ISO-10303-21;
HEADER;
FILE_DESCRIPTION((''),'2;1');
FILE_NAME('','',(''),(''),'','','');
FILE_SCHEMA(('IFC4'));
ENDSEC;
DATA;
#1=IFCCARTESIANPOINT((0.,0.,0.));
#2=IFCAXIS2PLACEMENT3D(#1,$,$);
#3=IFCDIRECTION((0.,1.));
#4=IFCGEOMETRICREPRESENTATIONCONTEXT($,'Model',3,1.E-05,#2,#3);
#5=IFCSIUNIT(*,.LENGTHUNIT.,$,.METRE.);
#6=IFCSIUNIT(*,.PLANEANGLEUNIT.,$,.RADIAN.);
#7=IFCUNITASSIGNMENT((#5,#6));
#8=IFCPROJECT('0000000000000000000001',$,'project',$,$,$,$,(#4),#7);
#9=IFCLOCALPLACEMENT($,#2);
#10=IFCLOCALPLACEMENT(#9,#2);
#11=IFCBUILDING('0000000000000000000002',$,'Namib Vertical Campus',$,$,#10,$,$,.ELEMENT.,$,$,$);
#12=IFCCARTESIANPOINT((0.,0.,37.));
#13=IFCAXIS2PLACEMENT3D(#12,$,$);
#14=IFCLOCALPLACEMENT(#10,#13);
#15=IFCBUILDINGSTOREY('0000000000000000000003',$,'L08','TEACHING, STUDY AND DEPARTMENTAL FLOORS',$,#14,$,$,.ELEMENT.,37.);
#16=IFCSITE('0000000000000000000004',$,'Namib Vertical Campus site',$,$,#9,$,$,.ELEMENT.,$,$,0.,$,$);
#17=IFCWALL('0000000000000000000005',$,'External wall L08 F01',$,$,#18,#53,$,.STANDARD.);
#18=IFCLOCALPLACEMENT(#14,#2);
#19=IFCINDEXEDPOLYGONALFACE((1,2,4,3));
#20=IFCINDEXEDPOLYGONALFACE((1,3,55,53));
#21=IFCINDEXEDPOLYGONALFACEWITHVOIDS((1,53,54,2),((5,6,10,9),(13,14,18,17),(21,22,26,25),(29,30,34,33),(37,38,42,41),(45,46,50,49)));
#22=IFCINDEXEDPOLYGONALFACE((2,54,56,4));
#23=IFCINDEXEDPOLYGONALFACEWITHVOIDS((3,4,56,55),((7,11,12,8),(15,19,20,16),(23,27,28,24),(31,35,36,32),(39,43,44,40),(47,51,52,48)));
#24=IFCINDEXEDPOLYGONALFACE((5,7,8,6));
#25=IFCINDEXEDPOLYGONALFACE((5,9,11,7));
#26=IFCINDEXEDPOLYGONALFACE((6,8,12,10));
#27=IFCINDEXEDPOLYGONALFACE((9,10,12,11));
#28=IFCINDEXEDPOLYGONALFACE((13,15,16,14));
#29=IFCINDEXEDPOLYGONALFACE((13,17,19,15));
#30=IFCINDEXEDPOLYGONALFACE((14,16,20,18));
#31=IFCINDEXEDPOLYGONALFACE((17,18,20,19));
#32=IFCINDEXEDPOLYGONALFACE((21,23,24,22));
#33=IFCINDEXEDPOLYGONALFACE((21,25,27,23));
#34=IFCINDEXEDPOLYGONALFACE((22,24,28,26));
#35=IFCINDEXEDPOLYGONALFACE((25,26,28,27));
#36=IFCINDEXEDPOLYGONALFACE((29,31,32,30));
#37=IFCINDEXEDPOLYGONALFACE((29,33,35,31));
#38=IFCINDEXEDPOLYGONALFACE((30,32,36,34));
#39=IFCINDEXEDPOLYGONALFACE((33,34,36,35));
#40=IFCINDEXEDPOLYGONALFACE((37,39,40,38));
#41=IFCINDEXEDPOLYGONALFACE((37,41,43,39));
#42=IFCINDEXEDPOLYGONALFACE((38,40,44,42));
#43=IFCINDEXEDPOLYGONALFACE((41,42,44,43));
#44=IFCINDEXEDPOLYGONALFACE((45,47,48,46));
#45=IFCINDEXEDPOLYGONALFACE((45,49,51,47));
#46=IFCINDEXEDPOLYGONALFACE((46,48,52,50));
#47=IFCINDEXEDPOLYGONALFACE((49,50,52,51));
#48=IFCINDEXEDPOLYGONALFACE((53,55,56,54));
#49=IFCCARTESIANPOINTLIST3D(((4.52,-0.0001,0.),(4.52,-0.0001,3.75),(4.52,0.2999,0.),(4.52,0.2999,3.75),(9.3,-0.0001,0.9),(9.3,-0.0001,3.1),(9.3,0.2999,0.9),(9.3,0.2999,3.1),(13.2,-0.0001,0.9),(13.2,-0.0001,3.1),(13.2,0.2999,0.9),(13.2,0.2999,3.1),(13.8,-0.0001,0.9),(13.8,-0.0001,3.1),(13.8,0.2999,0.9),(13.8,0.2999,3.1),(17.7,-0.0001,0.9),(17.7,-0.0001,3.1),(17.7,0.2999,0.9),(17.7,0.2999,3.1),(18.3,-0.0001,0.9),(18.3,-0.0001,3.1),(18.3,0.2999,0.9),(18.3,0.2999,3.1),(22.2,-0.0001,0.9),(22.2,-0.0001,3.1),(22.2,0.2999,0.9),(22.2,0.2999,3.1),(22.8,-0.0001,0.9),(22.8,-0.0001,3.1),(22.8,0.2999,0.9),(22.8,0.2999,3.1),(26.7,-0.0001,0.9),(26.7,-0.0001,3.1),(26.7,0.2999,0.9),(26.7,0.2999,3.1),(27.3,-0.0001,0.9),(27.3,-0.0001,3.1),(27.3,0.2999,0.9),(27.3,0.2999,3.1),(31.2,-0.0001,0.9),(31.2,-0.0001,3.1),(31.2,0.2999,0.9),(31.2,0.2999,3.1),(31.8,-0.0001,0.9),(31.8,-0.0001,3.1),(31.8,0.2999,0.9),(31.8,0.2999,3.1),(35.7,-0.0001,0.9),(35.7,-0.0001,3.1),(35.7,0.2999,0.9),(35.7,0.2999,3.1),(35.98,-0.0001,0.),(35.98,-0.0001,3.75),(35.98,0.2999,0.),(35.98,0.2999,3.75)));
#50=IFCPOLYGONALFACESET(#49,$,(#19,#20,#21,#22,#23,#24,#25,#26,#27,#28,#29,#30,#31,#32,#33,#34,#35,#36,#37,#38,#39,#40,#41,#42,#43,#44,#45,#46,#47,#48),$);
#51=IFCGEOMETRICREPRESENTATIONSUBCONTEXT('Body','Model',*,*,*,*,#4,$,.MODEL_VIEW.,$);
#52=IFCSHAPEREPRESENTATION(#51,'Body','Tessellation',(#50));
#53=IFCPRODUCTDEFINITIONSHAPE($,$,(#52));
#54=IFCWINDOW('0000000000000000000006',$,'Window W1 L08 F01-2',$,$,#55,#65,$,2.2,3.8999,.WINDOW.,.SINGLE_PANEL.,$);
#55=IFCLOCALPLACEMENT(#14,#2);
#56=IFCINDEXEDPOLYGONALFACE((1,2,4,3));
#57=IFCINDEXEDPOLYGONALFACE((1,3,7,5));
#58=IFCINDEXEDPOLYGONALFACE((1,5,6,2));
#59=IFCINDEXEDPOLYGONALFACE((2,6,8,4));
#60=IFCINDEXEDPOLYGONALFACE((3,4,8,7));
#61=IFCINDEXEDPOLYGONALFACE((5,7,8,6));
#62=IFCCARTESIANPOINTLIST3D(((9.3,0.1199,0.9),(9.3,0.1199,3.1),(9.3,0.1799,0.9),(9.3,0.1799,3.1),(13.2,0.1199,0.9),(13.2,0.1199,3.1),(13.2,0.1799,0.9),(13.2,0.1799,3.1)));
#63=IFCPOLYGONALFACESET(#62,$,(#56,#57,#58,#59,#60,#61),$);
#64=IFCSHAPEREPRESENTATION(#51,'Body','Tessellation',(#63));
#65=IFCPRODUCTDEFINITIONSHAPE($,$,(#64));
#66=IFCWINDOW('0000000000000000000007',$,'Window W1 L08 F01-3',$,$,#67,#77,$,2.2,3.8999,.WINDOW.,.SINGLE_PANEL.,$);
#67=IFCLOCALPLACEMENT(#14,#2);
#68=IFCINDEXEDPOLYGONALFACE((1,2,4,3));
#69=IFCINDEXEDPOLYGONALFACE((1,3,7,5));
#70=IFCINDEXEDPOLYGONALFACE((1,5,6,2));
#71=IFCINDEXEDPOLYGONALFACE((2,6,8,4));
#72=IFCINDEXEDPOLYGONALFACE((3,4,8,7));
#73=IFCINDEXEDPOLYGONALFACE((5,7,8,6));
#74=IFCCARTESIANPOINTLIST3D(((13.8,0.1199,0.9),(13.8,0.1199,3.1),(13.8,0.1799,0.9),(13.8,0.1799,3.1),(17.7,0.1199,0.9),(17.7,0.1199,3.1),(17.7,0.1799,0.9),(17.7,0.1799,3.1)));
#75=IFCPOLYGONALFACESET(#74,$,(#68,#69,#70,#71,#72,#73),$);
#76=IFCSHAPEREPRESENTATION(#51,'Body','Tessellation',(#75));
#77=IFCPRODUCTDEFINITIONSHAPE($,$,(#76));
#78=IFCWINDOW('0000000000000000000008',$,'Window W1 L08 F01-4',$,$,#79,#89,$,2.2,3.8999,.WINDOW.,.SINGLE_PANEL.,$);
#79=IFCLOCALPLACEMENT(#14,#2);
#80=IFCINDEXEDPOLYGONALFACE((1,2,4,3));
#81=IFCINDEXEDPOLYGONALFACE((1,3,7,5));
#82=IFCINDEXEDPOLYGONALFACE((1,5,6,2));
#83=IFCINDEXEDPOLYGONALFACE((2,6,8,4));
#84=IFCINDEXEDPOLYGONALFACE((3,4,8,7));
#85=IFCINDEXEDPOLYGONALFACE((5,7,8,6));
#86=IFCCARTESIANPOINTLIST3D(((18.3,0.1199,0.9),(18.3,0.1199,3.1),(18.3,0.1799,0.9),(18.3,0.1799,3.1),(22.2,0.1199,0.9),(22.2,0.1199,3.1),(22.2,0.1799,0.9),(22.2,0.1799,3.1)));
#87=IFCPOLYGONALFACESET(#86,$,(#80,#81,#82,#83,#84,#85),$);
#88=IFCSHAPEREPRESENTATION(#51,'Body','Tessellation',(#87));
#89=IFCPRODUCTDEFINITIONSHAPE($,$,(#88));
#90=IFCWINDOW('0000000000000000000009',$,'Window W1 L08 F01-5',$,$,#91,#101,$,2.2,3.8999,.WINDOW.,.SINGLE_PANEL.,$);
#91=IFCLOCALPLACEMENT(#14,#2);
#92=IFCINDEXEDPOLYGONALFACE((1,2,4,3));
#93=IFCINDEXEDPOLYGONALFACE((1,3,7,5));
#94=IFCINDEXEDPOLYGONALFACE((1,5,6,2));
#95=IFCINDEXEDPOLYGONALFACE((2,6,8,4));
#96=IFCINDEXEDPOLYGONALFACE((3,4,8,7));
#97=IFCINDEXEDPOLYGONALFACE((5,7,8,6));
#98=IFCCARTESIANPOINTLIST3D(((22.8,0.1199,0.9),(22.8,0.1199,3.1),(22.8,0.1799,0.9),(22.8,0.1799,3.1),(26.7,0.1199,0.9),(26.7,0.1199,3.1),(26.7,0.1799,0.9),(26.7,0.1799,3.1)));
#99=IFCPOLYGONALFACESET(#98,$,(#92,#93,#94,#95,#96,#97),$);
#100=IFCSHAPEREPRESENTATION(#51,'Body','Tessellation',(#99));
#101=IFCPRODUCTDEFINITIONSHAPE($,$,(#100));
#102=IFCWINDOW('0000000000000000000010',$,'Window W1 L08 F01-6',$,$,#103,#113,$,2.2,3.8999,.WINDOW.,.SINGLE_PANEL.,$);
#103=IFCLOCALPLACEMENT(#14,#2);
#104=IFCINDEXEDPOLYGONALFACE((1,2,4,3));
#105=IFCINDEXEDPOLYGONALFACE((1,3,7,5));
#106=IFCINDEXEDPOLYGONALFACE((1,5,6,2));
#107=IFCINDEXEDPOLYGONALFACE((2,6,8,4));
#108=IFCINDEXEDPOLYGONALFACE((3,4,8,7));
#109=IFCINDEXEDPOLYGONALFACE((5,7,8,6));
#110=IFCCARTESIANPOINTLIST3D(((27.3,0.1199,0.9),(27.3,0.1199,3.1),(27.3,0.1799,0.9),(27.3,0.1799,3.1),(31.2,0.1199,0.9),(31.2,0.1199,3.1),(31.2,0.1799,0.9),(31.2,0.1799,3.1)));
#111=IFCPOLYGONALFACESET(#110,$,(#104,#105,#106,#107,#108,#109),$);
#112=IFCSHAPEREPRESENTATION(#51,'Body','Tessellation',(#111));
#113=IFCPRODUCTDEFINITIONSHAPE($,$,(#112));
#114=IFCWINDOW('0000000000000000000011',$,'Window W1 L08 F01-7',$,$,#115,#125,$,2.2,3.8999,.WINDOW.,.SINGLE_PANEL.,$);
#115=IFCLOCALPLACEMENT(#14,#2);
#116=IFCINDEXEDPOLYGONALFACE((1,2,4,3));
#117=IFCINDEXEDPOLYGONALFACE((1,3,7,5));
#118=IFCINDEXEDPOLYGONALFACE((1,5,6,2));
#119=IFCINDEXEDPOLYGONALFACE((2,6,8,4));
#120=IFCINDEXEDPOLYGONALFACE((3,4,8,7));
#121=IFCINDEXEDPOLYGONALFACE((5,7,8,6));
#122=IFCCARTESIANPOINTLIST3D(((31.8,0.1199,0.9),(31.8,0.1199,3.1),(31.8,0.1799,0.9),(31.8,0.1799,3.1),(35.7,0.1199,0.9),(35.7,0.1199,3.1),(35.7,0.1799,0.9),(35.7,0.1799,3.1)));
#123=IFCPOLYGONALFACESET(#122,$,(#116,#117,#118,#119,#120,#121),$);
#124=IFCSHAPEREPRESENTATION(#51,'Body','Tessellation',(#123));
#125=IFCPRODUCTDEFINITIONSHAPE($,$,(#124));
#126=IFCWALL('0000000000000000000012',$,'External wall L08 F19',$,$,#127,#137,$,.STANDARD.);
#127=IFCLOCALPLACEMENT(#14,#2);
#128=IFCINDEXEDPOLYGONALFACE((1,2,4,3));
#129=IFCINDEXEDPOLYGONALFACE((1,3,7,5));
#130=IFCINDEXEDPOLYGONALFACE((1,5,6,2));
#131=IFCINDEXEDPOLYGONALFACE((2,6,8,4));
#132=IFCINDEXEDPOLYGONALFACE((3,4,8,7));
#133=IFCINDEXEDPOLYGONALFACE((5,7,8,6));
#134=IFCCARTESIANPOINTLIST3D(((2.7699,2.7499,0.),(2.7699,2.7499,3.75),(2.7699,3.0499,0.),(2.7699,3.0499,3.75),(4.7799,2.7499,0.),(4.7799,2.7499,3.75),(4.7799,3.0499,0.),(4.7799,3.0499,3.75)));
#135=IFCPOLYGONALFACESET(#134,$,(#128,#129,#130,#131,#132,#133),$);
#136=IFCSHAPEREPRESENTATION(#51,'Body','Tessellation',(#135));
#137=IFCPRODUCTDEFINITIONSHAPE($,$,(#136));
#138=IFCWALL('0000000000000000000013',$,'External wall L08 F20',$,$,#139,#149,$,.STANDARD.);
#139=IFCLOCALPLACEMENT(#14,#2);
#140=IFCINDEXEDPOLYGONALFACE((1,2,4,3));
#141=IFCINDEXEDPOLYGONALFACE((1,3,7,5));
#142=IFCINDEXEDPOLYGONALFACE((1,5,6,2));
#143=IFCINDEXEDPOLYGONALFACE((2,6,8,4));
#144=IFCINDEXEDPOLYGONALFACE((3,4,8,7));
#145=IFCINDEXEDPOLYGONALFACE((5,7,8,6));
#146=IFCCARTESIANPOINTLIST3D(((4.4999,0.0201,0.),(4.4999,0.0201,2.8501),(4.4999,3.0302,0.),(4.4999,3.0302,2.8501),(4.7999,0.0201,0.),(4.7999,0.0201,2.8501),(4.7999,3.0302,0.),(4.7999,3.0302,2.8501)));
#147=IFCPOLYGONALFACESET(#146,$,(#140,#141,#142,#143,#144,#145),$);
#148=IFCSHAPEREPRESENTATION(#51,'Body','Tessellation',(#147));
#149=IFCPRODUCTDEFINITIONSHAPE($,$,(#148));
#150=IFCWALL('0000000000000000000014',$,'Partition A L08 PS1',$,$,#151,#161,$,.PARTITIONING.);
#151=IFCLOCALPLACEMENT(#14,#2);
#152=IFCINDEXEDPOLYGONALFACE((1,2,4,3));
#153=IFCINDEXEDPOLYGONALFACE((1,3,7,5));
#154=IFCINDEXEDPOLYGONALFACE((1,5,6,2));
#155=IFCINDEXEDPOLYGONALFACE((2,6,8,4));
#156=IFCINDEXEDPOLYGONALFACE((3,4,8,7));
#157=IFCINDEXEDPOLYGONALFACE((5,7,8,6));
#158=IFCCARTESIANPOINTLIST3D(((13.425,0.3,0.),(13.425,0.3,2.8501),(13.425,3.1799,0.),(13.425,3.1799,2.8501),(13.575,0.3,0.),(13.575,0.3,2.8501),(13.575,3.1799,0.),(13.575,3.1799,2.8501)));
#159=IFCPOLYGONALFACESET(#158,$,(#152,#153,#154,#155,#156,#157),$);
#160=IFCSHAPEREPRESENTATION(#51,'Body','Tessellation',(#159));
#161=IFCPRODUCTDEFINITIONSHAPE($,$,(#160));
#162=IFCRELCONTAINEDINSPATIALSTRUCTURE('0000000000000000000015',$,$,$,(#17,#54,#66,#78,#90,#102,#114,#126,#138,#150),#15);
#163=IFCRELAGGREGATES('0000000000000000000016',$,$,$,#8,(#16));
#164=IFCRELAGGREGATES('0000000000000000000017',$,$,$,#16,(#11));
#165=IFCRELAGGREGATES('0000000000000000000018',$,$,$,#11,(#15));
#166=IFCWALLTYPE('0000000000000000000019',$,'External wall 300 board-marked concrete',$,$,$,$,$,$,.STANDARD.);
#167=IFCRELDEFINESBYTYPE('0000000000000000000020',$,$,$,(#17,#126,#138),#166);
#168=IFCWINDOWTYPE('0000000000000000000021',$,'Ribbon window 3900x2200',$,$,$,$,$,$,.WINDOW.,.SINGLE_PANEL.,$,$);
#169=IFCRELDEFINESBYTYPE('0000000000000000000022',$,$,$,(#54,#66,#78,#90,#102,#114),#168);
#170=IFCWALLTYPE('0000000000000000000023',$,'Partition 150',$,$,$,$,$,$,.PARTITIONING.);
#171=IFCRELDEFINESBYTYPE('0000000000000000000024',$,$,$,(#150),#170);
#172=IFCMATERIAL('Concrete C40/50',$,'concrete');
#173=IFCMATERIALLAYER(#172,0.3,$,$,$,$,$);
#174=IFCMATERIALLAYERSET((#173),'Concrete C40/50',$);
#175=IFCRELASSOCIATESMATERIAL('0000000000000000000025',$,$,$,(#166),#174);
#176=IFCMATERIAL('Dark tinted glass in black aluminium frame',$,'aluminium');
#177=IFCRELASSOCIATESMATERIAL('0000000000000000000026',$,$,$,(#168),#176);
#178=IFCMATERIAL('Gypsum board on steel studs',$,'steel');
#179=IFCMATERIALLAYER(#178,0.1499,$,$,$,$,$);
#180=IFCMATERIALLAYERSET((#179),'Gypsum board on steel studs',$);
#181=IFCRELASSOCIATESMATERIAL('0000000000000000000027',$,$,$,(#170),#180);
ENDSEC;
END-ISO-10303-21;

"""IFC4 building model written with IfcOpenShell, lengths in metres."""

from ifc_helpers import new_model, si_unit, direction, frame, frame_2d, origin, place, context, subcontext, project, spatial, rectangle, extrude, material, layer, layer_set, type_object, element, fill, save


model = new_model("IFC4")

# Units and contexts
model_context = context("Model", 3, precision=1e-05, world=origin(), true_north=direction((0.0, 1.0)))
body_context = subcontext(model_context, "Body", "Model", "MODEL_VIEW")
ifc_project = project(units=[si_unit("LENGTHUNIT", "METRE"), si_unit("PLANEANGLEUNIT", "RADIAN")], contexts=[model_context])

# Site, building, storey
site_placement = place(None, origin())
site = spatial("IfcSite", under=ifc_project, at=site_placement, Name="Namib Vertical Campus site", CompositionType="ELEMENT", RefElevation=0.0)
building_placement = place(site_placement, origin())
building = spatial("IfcBuilding", under=site, at=building_placement, Name="Namib Vertical Campus", CompositionType="ELEMENT")
storey_placement = place(building_placement, frame((0.0, 0.0, 37.0)))
storey = spatial("IfcBuildingStorey", under=building, at=storey_placement, Name="L08", Description="TEACHING, STUDY AND DEPARTMENTAL FLOORS", CompositionType="ELEMENT", Elevation=37.0)

# Wall, openings, windows
ifc_material_1 = material(Name="Concrete C40/50", Category="concrete")
ifc_layer_1 = layer(ifc_material_1, 0.3)
ifc_layer_set_1 = layer_set([ifc_layer_1], Name="Concrete C40/50")
wall_type_1 = type_object("IfcWallType", Name="External wall 300 board-marked concrete", PredefinedType="STANDARD", material=ifc_layer_set_1)
wall_1_placement = place(storey_placement, frame((4.52, 0.1499, 0.0), z_axis=(0.0, 0.0, 1.0), x_axis=(1.0, 0.0, 0.0)))
wall_1 = element("IfcWall", 1, at=wall_1_placement, inside=storey, type_object=wall_type_1, Name="External wall L08 F01", PredefinedType="STANDARD", context=body_context, shape_type="SweptSolid", body=[
    extrude(rectangle(XDim=31.46, YDim=0.3, at=frame_2d((15.73, 0.0))), origin(), (0.0, 0.0, 1.0), 3.75),
])
opening_1_placement = place(wall_1_placement, frame((4.78, 0.0, 0.8999)))
opening_1 = element("IfcOpeningElement", 2, at=opening_1_placement, cuts=wall_1, PredefinedType="OPENING", context=body_context, shape_type="SweptSolid", body=[
    extrude(rectangle(XDim=3.8999, YDim=2.2, at=frame_2d((1.95, 1.1001))), frame((0.0, 0.1599, 0.0), z_axis=(0.0, -1.0, 0.0), x_axis=(1.0, 0.0, 0.0)), (0.0, 0.0, 1.0), 0.3201),
])
opening_2_placement = place(wall_1_placement, frame((9.28, 0.0, 0.8999)))
opening_2 = element("IfcOpeningElement", 3, at=opening_2_placement, cuts=wall_1, PredefinedType="OPENING", context=body_context, shape_type="SweptSolid", body=[
    extrude(rectangle(XDim=3.8999, YDim=2.2, at=frame_2d((1.95, 1.1001))), frame((0.0, 0.1599, 0.0), z_axis=(0.0, -1.0, 0.0), x_axis=(1.0, 0.0, 0.0)), (0.0, 0.0, 1.0), 0.3201),
])
opening_3_placement = place(wall_1_placement, frame((13.78, 0.0, 0.8999)))
opening_3 = element("IfcOpeningElement", 4, at=opening_3_placement, cuts=wall_1, PredefinedType="OPENING", context=body_context, shape_type="SweptSolid", body=[
    extrude(rectangle(XDim=3.8999, YDim=2.2, at=frame_2d((1.95, 1.1001))), frame((0.0, 0.1599, 0.0), z_axis=(0.0, -1.0, 0.0), x_axis=(1.0, 0.0, 0.0)), (0.0, 0.0, 1.0), 0.3201),
])
opening_4_placement = place(wall_1_placement, frame((18.28, 0.0, 0.8999)))
opening_4 = element("IfcOpeningElement", 5, at=opening_4_placement, cuts=wall_1, PredefinedType="OPENING", context=body_context, shape_type="SweptSolid", body=[
    extrude(rectangle(XDim=3.8999, YDim=2.2, at=frame_2d((1.95, 1.1001))), frame((0.0, 0.1599, 0.0), z_axis=(0.0, -1.0, 0.0), x_axis=(1.0, 0.0, 0.0)), (0.0, 0.0, 1.0), 0.3201),
])
opening_5_placement = place(wall_1_placement, frame((22.78, 0.0, 0.8999)))
opening_5 = element("IfcOpeningElement", 6, at=opening_5_placement, cuts=wall_1, PredefinedType="OPENING", context=body_context, shape_type="SweptSolid", body=[
    extrude(rectangle(XDim=3.8999, YDim=2.2, at=frame_2d((1.95, 1.1001))), frame((0.0, 0.1599, 0.0), z_axis=(0.0, -1.0, 0.0), x_axis=(1.0, 0.0, 0.0)), (0.0, 0.0, 1.0), 0.3201),
])
opening_6_placement = place(wall_1_placement, frame((27.28, 0.0, 0.8999)))
opening_6 = element("IfcOpeningElement", 7, at=opening_6_placement, cuts=wall_1, PredefinedType="OPENING", context=body_context, shape_type="SweptSolid", body=[
    extrude(rectangle(XDim=3.8999, YDim=2.2, at=frame_2d((1.95, 1.1001))), frame((0.0, 0.1599, 0.0), z_axis=(0.0, -1.0, 0.0), x_axis=(1.0, 0.0, 0.0)), (0.0, 0.0, 1.0), 0.3201),
])
ifc_material_2 = material(Name="Dark tinted glass in black aluminium frame", Category="aluminium")
window_type = type_object("IfcWindowType", Name="Ribbon window 3900x2200", PartitioningType="SINGLE_PANEL", PredefinedType="WINDOW", material=ifc_material_2)
window_1_placement = place(opening_1_placement, origin())
window_1 = element("IfcWindow", 8, at=window_1_placement, inside=storey, type_object=window_type, Name="Window W1 L08 F01-2", OverallHeight=2.2, OverallWidth=3.8999, PartitioningType="SINGLE_PANEL", PredefinedType="WINDOW", context=body_context, shape_type="SweptSolid", body=[
    extrude(rectangle(XDim=3.8999, YDim=2.2, at=frame_2d((1.95, 1.1001))), frame((0.0, 0.03, 0.0), z_axis=(0.0, -1.0, 0.0), x_axis=(1.0, 0.0, 0.0)), (0.0, 0.0, 1.0), 0.0601),
])
fill(opening_1, window_1)
window_2_placement = place(opening_2_placement, origin())
window_2 = element("IfcWindow", 9, at=window_2_placement, inside=storey, type_object=window_type, Name="Window W1 L08 F01-3", OverallHeight=2.2, OverallWidth=3.8999, PartitioningType="SINGLE_PANEL", PredefinedType="WINDOW", context=body_context, shape_type="SweptSolid", body=[
    extrude(rectangle(XDim=3.8999, YDim=2.2, at=frame_2d((1.95, 1.1001))), frame((0.0, 0.03, 0.0), z_axis=(0.0, -1.0, 0.0), x_axis=(1.0, 0.0, 0.0)), (0.0, 0.0, 1.0), 0.0601),
])
fill(opening_2, window_2)
window_3_placement = place(opening_3_placement, origin())
window_3 = element("IfcWindow", 10, at=window_3_placement, inside=storey, type_object=window_type, Name="Window W1 L08 F01-4", OverallHeight=2.2, OverallWidth=3.8999, PartitioningType="SINGLE_PANEL", PredefinedType="WINDOW", context=body_context, shape_type="SweptSolid", body=[
    extrude(rectangle(XDim=3.8999, YDim=2.2, at=frame_2d((1.95, 1.1001))), frame((0.0, 0.03, 0.0), z_axis=(0.0, -1.0, 0.0), x_axis=(1.0, 0.0, 0.0)), (0.0, 0.0, 1.0), 0.0601),
])
fill(opening_3, window_3)
window_4_placement = place(opening_4_placement, origin())
window_4 = element("IfcWindow", 11, at=window_4_placement, inside=storey, type_object=window_type, Name="Window W1 L08 F01-5", OverallHeight=2.2, OverallWidth=3.8999, PartitioningType="SINGLE_PANEL", PredefinedType="WINDOW", context=body_context, shape_type="SweptSolid", body=[
    extrude(rectangle(XDim=3.8999, YDim=2.2, at=frame_2d((1.95, 1.1001))), frame((0.0, 0.03, 0.0), z_axis=(0.0, -1.0, 0.0), x_axis=(1.0, 0.0, 0.0)), (0.0, 0.0, 1.0), 0.0601),
])
fill(opening_4, window_4)
window_5_placement = place(opening_5_placement, origin())
window_5 = element("IfcWindow", 12, at=window_5_placement, inside=storey, type_object=window_type, Name="Window W1 L08 F01-6", OverallHeight=2.2, OverallWidth=3.8999, PartitioningType="SINGLE_PANEL", PredefinedType="WINDOW", context=body_context, shape_type="SweptSolid", body=[
    extrude(rectangle(XDim=3.8999, YDim=2.2, at=frame_2d((1.95, 1.1001))), frame((0.0, 0.03, 0.0), z_axis=(0.0, -1.0, 0.0), x_axis=(1.0, 0.0, 0.0)), (0.0, 0.0, 1.0), 0.0601),
])
fill(opening_5, window_5)
window_6_placement = place(opening_6_placement, origin())
window_6 = element("IfcWindow", 13, at=window_6_placement, inside=storey, type_object=window_type, Name="Window W1 L08 F01-7", OverallHeight=2.2, OverallWidth=3.8999, PartitioningType="SINGLE_PANEL", PredefinedType="WINDOW", context=body_context, shape_type="SweptSolid", body=[
    extrude(rectangle(XDim=3.8999, YDim=2.2, at=frame_2d((1.95, 1.1001))), frame((0.0, 0.03, 0.0), z_axis=(0.0, -1.0, 0.0), x_axis=(1.0, 0.0, 0.0)), (0.0, 0.0, 1.0), 0.0601),
])
fill(opening_6, window_6)

# Walls
wall_2_placement = place(storey_placement, frame((2.77, 2.8999, 0.0), z_axis=(0.0, 0.0, 1.0), x_axis=(1.0, 0.0, 0.0)))
element("IfcWall", 14, at=wall_2_placement, inside=storey, type_object=wall_type_1, Name="External wall L08 F19", PredefinedType="STANDARD", context=body_context, shape_type="SweptSolid", body=[
    extrude(rectangle(XDim=2.01, YDim=0.3, at=frame_2d((1.0049, 0.0))), origin(), (0.0, 0.0, 1.0), 3.75),
])
wall_3_placement = place(storey_placement, frame((4.6499, 3.03, 0.0), z_axis=(0.0, 0.0, 1.0), x_axis=(0.0, -1.0, 0.0)))
element("IfcWall", 15, at=wall_3_placement, inside=storey, type_object=wall_type_1, Name="External wall L08 F20", PredefinedType="STANDARD", context=body_context, shape_type="SweptSolid", body=[
    extrude(rectangle(XDim=3.01, YDim=0.3, at=frame_2d((1.5049, 0.0))), origin(), (0.0, 0.0, 1.0), 2.8501),
])
ifc_material_3 = material(Name="Gypsum board on steel studs", Category="steel")
ifc_layer_2 = layer(ifc_material_3, 0.1499)
ifc_layer_set_2 = layer_set([ifc_layer_2], Name="Gypsum board on steel studs")
wall_type_2 = type_object("IfcWallType", Name="Partition 150", PredefinedType="PARTITIONING", material=ifc_layer_set_2)
wall_4_placement = place(storey_placement, frame((13.5, 0.3, 0.0), z_axis=(0.0, 0.0, 1.0), x_axis=(0.0, 1.0, 0.0)))
element("IfcWall", 16, at=wall_4_placement, inside=storey, type_object=wall_type_2, Name="Partition A L08 PS1", PredefinedType="PARTITIONING", context=body_context, shape_type="SweptSolid", body=[
    extrude(rectangle(XDim=2.8799, YDim=0.1499, at=frame_2d((1.4399, 0.0))), origin(), (0.0, 0.0, 1.0), 2.8501),
])

save(model, "model.ifc")
